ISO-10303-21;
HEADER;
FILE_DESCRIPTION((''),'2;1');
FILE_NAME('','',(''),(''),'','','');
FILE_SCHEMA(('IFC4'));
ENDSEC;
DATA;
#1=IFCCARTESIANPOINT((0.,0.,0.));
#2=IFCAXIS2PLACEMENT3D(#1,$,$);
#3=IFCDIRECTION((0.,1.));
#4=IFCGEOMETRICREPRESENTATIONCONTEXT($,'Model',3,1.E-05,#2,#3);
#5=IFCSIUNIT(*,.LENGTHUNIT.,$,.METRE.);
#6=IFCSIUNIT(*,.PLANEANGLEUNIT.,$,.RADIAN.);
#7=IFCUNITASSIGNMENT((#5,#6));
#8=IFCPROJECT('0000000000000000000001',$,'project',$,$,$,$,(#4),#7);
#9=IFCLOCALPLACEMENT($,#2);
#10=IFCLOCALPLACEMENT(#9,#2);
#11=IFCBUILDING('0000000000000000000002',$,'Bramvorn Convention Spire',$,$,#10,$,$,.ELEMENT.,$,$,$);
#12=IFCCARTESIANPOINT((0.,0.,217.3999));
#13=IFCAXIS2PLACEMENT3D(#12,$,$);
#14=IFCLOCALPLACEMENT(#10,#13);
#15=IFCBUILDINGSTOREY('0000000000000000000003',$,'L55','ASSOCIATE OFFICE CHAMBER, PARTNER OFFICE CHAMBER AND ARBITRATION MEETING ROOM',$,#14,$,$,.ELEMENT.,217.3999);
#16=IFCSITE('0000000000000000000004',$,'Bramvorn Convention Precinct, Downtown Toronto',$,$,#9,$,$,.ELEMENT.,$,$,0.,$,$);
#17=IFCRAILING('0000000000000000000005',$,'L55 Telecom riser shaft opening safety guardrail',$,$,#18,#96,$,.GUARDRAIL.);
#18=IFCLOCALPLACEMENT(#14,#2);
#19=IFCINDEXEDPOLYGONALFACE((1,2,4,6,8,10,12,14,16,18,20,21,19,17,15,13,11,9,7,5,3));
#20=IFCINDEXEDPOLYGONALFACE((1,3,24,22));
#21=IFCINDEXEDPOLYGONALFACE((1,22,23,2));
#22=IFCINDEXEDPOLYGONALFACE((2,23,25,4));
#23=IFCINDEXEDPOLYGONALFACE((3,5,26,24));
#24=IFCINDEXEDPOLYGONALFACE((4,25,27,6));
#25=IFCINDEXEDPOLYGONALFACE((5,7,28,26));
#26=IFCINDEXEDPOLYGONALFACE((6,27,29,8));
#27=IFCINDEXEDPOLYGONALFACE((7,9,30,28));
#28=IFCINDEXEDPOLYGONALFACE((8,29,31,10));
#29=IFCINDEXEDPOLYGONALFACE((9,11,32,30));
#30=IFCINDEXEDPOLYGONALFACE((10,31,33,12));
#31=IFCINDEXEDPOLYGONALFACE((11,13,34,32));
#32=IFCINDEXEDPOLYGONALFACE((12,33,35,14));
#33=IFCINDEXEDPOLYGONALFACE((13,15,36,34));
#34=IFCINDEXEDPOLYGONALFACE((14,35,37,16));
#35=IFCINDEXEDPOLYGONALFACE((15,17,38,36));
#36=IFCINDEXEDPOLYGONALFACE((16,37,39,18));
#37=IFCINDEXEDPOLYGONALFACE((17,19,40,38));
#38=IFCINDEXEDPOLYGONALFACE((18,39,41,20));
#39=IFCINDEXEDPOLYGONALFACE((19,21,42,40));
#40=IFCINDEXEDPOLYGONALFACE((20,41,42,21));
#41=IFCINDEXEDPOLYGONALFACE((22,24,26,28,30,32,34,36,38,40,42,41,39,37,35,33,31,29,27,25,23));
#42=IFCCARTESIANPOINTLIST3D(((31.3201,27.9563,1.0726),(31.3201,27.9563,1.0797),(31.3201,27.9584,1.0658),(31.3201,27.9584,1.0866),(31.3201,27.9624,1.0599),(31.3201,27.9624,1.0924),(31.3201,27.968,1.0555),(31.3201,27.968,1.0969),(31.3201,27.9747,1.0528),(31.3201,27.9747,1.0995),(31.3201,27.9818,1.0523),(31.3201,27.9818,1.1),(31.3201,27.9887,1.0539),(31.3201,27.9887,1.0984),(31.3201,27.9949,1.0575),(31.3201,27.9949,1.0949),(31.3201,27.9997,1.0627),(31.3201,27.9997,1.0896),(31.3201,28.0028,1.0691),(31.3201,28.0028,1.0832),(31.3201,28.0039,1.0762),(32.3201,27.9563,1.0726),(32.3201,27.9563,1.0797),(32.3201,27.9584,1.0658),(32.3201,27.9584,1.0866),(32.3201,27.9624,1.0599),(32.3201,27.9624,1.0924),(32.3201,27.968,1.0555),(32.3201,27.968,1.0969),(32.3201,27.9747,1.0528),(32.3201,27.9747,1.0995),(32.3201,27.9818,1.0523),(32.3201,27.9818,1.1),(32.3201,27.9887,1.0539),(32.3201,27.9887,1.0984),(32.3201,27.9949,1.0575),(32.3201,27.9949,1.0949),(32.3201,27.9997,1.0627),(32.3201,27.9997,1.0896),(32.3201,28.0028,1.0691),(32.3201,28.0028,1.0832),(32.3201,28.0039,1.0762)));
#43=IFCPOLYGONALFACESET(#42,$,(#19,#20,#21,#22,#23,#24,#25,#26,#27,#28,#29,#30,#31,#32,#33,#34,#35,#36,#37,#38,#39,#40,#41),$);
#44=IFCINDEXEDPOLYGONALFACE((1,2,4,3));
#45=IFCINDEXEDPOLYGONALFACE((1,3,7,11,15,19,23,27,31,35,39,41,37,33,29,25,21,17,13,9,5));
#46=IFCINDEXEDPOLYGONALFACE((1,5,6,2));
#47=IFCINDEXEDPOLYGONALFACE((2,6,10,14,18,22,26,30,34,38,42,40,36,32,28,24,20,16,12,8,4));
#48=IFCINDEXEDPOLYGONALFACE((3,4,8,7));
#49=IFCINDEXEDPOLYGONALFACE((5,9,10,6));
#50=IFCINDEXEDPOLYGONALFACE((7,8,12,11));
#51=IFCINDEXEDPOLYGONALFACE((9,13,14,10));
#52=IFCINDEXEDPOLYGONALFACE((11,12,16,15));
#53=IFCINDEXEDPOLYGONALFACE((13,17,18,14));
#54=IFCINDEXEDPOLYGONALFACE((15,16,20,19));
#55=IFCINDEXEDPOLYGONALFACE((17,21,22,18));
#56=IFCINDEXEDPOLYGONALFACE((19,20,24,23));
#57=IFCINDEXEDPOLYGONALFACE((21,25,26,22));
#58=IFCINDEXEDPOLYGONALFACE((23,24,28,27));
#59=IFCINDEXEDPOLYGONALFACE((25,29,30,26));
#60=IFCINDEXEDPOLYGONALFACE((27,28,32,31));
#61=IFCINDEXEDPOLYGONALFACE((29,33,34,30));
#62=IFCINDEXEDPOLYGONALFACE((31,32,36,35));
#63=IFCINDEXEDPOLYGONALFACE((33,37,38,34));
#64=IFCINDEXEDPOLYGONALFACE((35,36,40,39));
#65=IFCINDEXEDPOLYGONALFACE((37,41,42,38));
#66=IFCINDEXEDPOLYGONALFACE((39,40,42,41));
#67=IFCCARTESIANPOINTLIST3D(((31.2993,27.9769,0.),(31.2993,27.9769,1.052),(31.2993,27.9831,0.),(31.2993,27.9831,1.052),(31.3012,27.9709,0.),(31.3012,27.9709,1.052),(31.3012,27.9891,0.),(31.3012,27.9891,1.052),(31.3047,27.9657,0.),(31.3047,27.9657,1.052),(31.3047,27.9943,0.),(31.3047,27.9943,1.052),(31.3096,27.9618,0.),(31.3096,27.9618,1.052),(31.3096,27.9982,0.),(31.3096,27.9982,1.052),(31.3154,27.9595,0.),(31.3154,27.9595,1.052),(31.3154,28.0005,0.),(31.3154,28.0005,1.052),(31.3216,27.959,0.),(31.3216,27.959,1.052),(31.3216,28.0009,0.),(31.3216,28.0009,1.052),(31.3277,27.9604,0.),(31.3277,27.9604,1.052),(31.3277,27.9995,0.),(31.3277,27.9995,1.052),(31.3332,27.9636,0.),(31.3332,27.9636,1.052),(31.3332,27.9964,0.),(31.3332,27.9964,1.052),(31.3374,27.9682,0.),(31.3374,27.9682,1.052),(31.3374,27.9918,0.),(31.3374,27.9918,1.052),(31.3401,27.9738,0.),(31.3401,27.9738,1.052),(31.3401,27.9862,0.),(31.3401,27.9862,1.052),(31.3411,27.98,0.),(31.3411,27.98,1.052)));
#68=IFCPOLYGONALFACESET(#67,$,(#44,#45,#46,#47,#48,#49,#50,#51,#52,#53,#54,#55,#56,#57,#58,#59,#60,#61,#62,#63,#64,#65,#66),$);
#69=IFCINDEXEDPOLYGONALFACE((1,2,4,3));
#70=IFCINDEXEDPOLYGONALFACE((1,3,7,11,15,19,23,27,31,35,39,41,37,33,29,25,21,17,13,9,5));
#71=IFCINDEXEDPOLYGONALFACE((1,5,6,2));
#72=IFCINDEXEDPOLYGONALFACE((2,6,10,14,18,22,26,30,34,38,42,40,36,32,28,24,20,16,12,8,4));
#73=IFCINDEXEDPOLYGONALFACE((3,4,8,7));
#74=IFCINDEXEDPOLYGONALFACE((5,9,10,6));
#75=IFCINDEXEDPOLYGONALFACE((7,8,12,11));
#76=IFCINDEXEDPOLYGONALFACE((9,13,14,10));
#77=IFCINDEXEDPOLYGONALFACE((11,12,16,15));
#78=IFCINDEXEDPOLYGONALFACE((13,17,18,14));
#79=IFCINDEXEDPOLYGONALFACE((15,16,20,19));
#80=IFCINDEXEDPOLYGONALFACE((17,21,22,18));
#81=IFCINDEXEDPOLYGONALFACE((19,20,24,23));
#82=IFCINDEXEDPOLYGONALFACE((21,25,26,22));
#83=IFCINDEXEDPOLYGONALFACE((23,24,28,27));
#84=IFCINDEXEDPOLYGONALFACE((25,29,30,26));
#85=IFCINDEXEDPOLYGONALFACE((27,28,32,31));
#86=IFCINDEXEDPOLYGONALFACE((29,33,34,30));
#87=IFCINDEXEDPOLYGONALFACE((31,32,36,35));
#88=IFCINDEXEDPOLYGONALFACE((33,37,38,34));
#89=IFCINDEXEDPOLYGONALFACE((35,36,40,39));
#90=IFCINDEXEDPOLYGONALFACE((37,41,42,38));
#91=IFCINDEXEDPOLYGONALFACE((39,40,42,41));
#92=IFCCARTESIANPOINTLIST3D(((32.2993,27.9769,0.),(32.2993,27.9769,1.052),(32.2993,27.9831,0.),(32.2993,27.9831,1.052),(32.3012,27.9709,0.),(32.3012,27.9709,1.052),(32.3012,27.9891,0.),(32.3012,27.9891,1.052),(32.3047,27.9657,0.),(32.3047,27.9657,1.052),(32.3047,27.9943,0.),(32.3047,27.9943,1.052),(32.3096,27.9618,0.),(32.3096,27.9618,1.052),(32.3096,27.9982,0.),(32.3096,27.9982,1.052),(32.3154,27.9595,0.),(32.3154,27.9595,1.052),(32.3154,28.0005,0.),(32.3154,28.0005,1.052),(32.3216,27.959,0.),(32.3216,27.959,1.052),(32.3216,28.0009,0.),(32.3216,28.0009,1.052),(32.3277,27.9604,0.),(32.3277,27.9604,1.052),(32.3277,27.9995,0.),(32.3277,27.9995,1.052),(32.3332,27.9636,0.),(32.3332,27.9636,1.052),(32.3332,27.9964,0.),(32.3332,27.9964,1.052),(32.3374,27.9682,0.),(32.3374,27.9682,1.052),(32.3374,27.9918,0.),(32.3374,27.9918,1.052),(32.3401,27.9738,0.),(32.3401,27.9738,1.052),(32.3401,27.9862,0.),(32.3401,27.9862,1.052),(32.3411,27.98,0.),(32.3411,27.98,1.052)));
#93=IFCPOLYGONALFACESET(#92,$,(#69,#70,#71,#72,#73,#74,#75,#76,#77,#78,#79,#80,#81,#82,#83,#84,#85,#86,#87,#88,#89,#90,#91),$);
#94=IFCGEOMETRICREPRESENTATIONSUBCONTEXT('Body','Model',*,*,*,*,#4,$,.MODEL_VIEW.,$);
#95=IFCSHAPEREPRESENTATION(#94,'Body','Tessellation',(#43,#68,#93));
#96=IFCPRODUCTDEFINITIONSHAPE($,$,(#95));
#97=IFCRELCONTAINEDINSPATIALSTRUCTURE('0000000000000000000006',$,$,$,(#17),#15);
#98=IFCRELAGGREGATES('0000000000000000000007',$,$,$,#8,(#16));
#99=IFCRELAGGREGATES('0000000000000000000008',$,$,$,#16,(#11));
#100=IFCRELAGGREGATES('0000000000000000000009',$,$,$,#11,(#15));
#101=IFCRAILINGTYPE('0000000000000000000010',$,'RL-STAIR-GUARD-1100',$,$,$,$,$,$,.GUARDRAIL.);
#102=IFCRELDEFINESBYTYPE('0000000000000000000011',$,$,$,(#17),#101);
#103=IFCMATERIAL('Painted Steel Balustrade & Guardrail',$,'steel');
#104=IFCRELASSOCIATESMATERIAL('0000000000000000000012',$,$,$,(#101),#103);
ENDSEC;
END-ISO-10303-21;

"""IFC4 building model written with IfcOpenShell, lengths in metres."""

from ifc_helpers import new_model, si_unit, direction, frame, origin, origin_2d, place, context, subcontext, project, spatial, circle, extrude, material, type_object, element, save


model = new_model("IFC4")

# Units and contexts
model_context = context("Model", 3, precision=1e-05, world=origin(), true_north=direction((0.0, 1.0)))
body_context = subcontext(model_context, "Body", "Model", "MODEL_VIEW")
ifc_project = project(units=[si_unit("LENGTHUNIT", "METRE"), si_unit("PLANEANGLEUNIT", "RADIAN")], contexts=[model_context])

# Site, building, storey
site_placement = place(None, origin())
site = spatial("IfcSite", under=ifc_project, at=site_placement, Name="Bramvorn Convention Precinct, Downtown Toronto", CompositionType="ELEMENT", RefElevation=0.0)
building_placement = place(site_placement, origin())
building = spatial("IfcBuilding", under=site, at=building_placement, Name="Bramvorn Convention Spire", CompositionType="ELEMENT")
storey_placement = place(building_placement, frame((0.0, 0.0, 217.3999)))
storey = spatial("IfcBuildingStorey", under=building, at=storey_placement, Name="L55", Description="ASSOCIATE OFFICE CHAMBER, PARTNER OFFICE CHAMBER AND ARBITRATION MEETING ROOM", CompositionType="ELEMENT", Elevation=217.3999)

# Railing
ifc_material_1 = material(Name="Painted Steel Balustrade & Guardrail", Category="steel")
railing_type = type_object("IfcRailingType", Name="RL-STAIR-GUARD-1100", PredefinedType="GUARDRAIL", material=ifc_material_1)
railing_1_placement = place(storey_placement, frame((31.3201, 27.98, 0.0)))
element("IfcRailing", 1, at=railing_1_placement, inside=storey, type_object=railing_type, Name="L55 Telecom riser shaft opening safety guardrail", PredefinedType="GUARDRAIL", context=body_context, shape_type="SweptSolid", body=[
    extrude(circle(Radius=0.0239, at=origin_2d()), frame((0.0, 0.0, 1.0762), z_axis=(1.0, 0.0, 0.0), x_axis=(0.0, 1.0, 0.0)), (0.0, 0.0, 1.0), 1.0),
    extrude(circle(Radius=0.021, at=origin_2d()), origin(), (0.0, 0.0, 1.0), 1.052),
    extrude(circle(Radius=0.021, at=origin_2d()), frame((1.0, 0.0, 0.0)), (0.0, 0.0, 1.0), 1.052),
])

save(model, "model.ifc")
